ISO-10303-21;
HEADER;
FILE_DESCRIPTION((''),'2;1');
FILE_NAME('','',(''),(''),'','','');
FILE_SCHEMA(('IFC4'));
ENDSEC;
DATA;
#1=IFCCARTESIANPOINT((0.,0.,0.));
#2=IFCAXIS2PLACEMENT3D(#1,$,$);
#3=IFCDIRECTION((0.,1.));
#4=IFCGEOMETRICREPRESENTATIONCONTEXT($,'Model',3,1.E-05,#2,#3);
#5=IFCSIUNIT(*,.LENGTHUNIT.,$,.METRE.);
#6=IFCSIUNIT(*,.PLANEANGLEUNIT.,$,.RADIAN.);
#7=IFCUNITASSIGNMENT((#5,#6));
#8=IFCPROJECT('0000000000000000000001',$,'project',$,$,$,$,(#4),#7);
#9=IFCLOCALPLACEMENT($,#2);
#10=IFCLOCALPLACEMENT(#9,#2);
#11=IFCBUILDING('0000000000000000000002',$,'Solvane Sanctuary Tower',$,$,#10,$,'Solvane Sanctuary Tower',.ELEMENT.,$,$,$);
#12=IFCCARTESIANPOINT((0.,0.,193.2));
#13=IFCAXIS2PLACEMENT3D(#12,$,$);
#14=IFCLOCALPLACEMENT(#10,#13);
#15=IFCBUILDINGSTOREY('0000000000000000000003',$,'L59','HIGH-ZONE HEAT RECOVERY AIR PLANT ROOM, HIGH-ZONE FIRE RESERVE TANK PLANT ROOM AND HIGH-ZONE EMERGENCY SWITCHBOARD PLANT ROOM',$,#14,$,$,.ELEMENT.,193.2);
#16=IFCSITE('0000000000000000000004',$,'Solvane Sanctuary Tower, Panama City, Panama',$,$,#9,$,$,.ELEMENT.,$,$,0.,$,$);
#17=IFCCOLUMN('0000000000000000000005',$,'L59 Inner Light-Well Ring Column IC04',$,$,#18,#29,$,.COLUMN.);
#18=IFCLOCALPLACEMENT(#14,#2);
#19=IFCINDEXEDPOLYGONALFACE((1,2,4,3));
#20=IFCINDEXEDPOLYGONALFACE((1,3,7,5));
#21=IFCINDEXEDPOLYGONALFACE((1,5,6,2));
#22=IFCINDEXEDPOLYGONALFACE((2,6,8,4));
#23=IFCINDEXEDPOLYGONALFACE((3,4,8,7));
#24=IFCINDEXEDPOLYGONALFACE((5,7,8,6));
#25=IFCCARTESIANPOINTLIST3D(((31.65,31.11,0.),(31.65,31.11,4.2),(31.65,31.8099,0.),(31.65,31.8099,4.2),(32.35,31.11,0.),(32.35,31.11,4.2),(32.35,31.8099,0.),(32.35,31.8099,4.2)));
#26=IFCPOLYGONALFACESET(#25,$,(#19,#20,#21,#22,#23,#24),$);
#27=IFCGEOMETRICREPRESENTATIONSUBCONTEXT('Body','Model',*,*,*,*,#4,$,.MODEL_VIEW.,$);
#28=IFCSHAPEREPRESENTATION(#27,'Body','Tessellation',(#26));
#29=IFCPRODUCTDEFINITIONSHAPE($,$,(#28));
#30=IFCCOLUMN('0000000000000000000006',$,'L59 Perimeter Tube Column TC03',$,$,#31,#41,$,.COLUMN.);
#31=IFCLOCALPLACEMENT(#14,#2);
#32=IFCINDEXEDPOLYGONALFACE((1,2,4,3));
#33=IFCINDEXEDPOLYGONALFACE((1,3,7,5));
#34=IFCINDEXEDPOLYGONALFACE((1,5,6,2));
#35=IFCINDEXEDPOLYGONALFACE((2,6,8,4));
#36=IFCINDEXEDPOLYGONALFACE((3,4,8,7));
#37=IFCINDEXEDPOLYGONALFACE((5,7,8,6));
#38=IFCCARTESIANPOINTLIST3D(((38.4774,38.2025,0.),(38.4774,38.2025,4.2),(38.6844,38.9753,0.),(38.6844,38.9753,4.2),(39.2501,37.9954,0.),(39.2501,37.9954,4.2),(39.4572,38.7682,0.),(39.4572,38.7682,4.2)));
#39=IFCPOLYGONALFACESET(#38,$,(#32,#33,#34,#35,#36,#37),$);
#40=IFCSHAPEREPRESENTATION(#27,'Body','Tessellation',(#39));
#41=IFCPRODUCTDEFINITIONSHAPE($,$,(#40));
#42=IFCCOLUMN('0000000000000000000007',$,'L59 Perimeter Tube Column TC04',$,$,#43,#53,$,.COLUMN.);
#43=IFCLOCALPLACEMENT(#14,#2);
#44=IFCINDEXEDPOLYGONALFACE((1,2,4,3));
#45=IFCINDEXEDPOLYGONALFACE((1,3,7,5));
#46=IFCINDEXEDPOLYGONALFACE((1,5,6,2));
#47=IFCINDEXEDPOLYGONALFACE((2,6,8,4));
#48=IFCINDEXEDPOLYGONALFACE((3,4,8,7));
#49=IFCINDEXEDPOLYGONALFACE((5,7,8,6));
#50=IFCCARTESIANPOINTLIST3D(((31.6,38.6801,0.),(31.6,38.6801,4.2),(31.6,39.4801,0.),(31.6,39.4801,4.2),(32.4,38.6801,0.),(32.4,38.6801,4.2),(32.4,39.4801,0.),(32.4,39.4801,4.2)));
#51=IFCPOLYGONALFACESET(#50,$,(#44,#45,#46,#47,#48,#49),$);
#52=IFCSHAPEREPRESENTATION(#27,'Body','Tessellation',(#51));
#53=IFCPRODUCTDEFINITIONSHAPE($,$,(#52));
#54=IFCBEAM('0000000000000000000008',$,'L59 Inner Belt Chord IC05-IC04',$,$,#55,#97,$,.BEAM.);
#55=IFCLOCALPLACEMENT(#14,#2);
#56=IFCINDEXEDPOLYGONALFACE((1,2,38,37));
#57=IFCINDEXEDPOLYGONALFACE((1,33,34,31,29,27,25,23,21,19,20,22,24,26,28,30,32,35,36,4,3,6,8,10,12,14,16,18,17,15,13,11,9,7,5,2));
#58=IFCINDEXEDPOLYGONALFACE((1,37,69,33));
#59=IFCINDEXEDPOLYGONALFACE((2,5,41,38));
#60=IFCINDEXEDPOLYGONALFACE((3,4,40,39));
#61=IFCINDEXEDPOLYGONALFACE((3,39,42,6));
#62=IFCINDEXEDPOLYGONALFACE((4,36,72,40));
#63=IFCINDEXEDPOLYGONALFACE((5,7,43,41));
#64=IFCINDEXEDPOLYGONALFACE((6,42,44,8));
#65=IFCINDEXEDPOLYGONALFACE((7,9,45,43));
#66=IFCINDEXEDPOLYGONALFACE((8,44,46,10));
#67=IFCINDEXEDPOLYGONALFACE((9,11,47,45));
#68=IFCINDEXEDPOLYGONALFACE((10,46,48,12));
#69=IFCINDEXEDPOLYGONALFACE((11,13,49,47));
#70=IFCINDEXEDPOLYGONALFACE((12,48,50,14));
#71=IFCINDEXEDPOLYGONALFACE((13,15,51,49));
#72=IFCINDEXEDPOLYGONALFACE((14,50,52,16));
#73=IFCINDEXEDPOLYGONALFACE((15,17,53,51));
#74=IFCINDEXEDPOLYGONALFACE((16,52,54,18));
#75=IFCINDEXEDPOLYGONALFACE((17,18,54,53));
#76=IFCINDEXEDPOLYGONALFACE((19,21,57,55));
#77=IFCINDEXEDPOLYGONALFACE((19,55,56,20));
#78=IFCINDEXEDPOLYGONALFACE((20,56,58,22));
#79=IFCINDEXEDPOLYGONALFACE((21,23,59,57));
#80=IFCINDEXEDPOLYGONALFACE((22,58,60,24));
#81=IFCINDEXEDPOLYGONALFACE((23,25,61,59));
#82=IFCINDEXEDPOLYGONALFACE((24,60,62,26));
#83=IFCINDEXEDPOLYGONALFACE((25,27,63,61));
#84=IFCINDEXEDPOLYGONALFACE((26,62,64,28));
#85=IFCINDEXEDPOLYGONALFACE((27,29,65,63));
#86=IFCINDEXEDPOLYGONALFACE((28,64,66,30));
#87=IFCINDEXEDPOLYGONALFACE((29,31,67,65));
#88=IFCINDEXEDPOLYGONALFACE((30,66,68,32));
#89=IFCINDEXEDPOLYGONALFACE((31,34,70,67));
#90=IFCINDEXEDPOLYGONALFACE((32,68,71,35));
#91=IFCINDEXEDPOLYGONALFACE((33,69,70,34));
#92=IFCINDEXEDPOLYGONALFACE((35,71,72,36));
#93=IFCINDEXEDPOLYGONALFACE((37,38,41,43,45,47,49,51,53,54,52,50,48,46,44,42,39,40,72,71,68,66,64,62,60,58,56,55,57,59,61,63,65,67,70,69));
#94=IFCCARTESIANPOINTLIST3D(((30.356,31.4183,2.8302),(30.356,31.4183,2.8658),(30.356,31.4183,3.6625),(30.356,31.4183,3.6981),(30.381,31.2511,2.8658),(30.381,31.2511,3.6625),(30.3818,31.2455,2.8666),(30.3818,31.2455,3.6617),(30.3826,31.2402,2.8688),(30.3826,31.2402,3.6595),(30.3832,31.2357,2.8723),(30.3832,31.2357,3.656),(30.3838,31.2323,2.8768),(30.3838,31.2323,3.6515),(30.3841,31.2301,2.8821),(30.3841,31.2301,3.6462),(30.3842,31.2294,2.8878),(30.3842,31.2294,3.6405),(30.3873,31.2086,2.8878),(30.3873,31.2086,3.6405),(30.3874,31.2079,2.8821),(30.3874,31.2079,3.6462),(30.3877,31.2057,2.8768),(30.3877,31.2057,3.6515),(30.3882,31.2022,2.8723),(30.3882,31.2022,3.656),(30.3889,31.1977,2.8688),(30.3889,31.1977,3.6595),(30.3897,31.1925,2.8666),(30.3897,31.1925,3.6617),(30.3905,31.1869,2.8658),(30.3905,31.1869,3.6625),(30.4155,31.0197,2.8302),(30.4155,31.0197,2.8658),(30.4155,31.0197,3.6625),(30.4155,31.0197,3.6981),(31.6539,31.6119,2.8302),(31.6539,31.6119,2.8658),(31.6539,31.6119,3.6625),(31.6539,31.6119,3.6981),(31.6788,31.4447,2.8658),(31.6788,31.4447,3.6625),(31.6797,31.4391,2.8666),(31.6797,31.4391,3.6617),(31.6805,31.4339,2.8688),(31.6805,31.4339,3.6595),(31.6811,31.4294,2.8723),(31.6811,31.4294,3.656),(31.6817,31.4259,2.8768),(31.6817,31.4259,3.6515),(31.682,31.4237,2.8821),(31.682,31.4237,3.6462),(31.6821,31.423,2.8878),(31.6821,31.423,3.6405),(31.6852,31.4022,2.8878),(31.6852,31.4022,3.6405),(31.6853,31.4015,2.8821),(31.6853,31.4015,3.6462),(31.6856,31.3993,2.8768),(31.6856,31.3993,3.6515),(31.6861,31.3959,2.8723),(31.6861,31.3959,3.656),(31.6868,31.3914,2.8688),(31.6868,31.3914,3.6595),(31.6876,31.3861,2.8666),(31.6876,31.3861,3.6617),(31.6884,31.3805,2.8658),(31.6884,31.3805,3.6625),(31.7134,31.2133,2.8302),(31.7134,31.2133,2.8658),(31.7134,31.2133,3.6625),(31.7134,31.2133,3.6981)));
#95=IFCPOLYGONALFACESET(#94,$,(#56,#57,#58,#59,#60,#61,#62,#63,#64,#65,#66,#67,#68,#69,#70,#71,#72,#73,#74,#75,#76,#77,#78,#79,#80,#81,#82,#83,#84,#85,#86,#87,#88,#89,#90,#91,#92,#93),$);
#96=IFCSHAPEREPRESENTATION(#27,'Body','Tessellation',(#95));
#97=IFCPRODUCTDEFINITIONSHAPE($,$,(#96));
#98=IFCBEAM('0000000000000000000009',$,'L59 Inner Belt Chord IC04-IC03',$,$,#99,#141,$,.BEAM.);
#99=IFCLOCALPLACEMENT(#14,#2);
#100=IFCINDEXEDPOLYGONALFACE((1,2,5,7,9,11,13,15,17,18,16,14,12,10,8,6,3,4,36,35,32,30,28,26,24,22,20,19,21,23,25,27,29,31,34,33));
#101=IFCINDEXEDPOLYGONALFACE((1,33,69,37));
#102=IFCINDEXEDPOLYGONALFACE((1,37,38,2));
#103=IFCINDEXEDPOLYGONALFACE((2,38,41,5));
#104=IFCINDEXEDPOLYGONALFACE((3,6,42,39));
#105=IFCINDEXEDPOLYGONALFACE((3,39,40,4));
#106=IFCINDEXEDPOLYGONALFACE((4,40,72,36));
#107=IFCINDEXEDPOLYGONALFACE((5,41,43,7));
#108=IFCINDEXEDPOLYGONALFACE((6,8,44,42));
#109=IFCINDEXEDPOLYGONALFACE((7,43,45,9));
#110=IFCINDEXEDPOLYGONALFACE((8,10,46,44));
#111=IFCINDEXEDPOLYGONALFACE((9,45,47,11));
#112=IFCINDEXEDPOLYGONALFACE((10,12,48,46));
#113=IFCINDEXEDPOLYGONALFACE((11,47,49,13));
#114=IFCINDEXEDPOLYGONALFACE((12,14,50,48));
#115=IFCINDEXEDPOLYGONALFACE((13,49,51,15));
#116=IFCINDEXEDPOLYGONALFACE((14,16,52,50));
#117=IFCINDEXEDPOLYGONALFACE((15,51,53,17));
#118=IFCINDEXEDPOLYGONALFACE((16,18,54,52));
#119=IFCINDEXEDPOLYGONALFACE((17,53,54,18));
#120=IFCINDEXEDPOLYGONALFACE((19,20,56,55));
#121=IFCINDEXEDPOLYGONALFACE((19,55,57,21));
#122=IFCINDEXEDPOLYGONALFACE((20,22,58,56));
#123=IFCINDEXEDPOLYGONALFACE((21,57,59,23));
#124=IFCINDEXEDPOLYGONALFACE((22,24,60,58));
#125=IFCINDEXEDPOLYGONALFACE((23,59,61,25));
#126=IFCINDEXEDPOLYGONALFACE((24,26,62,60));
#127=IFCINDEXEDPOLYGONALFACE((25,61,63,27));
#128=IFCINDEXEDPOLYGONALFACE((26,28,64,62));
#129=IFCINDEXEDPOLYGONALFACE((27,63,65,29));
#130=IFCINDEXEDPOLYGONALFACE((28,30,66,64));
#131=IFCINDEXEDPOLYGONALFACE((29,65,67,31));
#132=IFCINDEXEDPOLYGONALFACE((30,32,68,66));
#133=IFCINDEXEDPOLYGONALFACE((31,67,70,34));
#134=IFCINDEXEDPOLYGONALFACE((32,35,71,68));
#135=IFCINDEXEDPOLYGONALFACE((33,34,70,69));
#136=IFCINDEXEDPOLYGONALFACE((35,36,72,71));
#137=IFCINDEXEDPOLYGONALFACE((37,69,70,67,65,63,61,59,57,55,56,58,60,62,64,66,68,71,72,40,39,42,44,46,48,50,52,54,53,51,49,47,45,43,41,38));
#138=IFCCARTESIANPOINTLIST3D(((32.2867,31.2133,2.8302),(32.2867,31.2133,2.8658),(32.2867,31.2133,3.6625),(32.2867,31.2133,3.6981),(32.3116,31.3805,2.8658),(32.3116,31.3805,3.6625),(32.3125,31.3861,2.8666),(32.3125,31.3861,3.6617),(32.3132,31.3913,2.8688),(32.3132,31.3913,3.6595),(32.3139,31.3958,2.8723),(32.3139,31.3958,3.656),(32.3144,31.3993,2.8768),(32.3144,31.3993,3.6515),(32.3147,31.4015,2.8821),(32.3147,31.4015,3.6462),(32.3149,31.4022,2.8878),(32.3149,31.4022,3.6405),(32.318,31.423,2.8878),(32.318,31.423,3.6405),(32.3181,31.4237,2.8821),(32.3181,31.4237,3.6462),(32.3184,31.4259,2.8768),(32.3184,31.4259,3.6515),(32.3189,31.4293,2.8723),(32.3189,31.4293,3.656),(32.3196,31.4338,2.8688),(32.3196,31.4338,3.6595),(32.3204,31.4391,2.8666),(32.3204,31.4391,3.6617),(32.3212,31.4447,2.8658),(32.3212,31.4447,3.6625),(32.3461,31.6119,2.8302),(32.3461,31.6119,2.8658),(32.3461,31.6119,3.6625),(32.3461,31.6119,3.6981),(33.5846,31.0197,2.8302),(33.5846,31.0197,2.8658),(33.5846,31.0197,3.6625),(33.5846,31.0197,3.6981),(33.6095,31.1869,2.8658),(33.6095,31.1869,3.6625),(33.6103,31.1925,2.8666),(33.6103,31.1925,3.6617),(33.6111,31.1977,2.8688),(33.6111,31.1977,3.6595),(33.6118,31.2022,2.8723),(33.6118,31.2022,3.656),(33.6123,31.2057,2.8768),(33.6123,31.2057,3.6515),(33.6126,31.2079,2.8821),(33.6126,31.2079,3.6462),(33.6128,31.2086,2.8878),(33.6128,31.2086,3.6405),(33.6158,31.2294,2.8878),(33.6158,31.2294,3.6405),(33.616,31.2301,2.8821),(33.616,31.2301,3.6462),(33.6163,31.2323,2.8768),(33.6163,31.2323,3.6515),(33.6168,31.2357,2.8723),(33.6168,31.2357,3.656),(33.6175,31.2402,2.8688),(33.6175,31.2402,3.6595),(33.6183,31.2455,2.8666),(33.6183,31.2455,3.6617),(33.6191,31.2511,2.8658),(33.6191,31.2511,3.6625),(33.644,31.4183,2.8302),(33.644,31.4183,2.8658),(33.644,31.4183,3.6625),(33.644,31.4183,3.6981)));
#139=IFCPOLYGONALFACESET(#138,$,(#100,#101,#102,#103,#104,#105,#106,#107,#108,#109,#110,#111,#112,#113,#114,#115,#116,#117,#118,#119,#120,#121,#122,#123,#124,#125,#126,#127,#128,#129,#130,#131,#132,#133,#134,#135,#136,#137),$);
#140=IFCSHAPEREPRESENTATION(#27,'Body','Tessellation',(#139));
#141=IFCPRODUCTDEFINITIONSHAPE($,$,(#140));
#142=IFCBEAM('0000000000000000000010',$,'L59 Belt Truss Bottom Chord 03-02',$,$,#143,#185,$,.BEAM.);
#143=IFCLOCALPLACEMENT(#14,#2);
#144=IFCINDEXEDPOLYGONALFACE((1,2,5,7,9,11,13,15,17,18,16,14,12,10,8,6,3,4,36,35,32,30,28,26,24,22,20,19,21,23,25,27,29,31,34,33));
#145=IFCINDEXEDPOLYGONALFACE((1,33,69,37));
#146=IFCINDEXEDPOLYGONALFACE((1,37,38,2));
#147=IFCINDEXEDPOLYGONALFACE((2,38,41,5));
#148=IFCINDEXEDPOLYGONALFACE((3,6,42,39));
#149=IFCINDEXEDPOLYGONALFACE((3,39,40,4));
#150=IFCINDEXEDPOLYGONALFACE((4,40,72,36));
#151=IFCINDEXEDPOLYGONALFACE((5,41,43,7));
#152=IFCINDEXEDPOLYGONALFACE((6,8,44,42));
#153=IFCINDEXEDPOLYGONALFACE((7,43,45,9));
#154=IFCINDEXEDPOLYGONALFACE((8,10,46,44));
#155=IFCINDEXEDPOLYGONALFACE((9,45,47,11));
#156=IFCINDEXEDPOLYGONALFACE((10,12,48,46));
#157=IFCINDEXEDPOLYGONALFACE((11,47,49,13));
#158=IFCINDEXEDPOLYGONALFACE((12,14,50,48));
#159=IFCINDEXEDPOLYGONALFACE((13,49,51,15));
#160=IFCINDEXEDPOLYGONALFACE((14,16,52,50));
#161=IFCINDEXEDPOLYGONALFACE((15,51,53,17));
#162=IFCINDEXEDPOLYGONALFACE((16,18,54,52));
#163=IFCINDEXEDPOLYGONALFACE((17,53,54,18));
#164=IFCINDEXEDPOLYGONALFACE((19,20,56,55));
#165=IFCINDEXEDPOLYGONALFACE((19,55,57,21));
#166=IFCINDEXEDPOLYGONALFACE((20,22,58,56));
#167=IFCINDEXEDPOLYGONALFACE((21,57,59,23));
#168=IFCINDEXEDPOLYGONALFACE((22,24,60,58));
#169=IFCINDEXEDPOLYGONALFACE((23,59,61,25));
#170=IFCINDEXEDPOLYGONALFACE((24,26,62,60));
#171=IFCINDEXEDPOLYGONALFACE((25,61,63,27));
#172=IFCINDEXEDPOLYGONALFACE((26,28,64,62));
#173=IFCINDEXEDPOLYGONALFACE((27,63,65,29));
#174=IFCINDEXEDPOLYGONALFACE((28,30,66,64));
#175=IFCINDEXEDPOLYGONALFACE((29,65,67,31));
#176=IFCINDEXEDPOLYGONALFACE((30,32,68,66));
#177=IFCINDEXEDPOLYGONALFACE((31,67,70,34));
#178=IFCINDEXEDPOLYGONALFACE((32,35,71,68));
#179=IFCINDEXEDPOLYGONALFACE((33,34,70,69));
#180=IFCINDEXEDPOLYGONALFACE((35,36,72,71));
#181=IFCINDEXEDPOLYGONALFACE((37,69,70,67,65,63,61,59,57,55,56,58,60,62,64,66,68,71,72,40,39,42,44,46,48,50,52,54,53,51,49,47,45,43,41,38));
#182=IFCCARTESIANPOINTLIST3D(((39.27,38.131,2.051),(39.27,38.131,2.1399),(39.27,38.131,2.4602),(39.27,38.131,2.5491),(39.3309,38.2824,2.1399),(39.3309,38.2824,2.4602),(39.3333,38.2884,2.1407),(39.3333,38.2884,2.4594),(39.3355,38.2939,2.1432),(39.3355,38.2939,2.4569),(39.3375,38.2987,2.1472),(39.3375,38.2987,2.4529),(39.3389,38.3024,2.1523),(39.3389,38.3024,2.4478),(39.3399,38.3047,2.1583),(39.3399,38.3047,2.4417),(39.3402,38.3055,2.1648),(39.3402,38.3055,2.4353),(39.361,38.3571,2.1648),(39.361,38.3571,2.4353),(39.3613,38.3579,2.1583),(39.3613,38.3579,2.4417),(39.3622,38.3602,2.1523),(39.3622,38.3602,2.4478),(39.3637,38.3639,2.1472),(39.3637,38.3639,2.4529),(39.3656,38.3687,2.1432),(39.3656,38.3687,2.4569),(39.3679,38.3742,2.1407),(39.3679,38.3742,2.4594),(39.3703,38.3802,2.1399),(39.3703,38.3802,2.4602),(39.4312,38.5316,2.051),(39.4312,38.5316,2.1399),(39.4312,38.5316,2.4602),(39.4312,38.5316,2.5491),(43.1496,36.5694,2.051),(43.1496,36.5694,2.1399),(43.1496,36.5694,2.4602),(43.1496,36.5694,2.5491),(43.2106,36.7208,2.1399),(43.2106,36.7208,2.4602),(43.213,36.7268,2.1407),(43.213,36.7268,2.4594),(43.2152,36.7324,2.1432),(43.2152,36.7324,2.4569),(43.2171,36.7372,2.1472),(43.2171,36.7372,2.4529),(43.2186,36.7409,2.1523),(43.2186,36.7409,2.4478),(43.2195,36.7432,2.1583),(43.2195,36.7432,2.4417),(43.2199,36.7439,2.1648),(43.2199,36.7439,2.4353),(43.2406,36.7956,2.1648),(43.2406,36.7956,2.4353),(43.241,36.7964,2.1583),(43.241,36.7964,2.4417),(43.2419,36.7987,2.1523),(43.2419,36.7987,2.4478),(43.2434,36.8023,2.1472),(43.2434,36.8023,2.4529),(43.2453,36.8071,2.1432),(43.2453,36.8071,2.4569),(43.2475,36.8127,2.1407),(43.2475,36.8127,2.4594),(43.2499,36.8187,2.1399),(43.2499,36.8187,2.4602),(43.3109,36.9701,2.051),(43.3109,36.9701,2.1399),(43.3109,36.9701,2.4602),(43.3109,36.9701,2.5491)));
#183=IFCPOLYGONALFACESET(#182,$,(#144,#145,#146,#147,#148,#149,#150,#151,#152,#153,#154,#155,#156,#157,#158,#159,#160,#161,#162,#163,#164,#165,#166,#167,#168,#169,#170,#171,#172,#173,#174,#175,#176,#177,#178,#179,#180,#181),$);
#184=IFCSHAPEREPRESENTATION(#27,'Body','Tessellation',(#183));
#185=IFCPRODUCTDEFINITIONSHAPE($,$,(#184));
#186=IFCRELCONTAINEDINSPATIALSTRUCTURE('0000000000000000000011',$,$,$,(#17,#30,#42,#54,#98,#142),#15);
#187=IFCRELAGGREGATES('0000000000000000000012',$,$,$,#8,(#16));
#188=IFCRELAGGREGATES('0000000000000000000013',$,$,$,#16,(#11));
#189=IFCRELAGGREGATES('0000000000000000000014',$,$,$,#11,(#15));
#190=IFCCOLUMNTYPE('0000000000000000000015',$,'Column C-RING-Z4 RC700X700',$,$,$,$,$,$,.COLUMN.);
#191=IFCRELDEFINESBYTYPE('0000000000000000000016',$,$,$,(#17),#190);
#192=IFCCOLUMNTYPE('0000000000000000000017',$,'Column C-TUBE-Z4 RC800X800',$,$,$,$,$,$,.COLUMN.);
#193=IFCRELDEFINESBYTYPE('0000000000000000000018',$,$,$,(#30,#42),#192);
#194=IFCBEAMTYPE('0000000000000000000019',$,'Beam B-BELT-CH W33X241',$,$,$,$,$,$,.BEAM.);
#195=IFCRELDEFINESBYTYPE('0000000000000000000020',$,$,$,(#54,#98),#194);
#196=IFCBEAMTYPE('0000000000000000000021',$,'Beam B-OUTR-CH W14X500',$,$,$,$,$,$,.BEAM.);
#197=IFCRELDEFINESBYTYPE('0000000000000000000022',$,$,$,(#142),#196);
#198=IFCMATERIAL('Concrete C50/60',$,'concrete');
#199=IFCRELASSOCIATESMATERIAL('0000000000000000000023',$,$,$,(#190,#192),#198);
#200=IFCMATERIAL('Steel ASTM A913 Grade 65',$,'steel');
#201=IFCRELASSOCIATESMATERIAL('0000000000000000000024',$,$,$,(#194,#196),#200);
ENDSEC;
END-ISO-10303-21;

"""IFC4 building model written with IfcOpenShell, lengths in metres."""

from ifc_helpers import new_model, si_unit, direction, frame, origin, origin_2d, place, context, subcontext, project, spatial, rectangle, i_section, extrude, material, material_profile, profile_set, type_object, element, save


model = new_model("IFC4")

# Units and contexts
model_context = context("Model", 3, precision=1e-05, world=origin(), true_north=direction((0.0, 1.0)))
body_context = subcontext(model_context, "Body", "Model", "MODEL_VIEW")
ifc_project = project(units=[si_unit("LENGTHUNIT", "METRE"), si_unit("PLANEANGLEUNIT", "RADIAN")], contexts=[model_context])

# Site, building, storey
site_placement = place(None, origin())
site = spatial("IfcSite", under=ifc_project, at=site_placement, Name="Solvane Sanctuary Tower, Panama City, Panama", CompositionType="ELEMENT", RefElevation=0.0)
building_placement = place(site_placement, origin())
building = spatial("IfcBuilding", under=site, at=building_placement, Name="Solvane Sanctuary Tower", LongName="Solvane Sanctuary Tower", CompositionType="ELEMENT")
storey_placement = place(building_placement, frame((0.0, 0.0, 193.2)))
storey = spatial("IfcBuildingStorey", under=building, at=storey_placement, Name="L59", Description="HIGH-ZONE HEAT RECOVERY AIR PLANT ROOM, HIGH-ZONE FIRE RESERVE TANK PLANT ROOM AND HIGH-ZONE EMERGENCY SWITCHBOARD PLANT ROOM", CompositionType="ELEMENT", Elevation=193.2)

# Columns
ifc_material_1 = material(Name="Concrete C50/60", Category="concrete")
ifc_material_profile_1 = material_profile(ifc_material_1, rectangle(XDim=0.7, YDim=0.7, at=origin_2d()), Name="RC700X700")
ifc_profile_set_1 = profile_set([ifc_material_profile_1], Name="Concrete C50/60")
column_type_1 = type_object("IfcColumnType", Name="Column C-RING-Z4 RC700X700", PredefinedType="COLUMN", material=ifc_profile_set_1)
column_placement = place(storey_placement, frame((32.0, 31.46, 0.0), z_axis=(0.0, 0.0, 1.0), x_axis=(1.0, 0.0, 0.0)))
element("IfcColumn", 1, at=column_placement, inside=storey, type_object=column_type_1, Name="L59 Inner Light-Well Ring Column IC04", PredefinedType="COLUMN", context=body_context, shape_type="SweptSolid", body=[
    extrude(rectangle(XDim=0.7, YDim=0.7, at=origin_2d()), origin(), (0.0, 0.0, 1.0), 4.2),
])
ifc_material_profile_2 = material_profile(ifc_material_1, rectangle(XDim=0.8, YDim=0.8, at=origin_2d()), Name="RC800X800")
ifc_profile_set_2 = profile_set([ifc_material_profile_2], Name="Concrete C50/60")
column_type_2 = type_object("IfcColumnType", Name="Column C-TUBE-Z4 RC800X800", PredefinedType="COLUMN", material=ifc_profile_set_2)
for number, where, z_axis, x_axis, name in (
    (2, (38.9673, 38.4854, 0.0), (0.0, 0.0, 1.0), (0.258819, 0.965926, 0.0), "L59 Perimeter Tube Column TC03"),
    (3, (32.0, 39.0801, 0.0), (0.0, 0.0, 1.0), (0.0, 1.0, 0.0), "L59 Perimeter Tube Column TC04"),
):
    element("IfcColumn", number, at=place(storey_placement, frame(where, z_axis=z_axis, x_axis=x_axis)), inside=storey, type_object=column_type_2, Name=name, PredefinedType="COLUMN", context=body_context, shape_type="SweptSolid", body=[
        extrude(rectangle(XDim=0.8, YDim=0.8, at=origin_2d()), origin(), (0.0, 0.0, 1.0), 4.2),
    ])

# Beams
ifc_material_2 = material(Name="Steel ASTM A913 Grade 65", Category="steel")
ifc_material_profile_3 = material_profile(ifc_material_2, i_section(OverallWidth=0.4031, OverallDepth=0.8679, WebThickness=0.021, FlangeThickness=0.0356, FilletRadius=0.022, at=origin_2d()), Name="W33X241")
ifc_profile_set_3 = profile_set([ifc_material_profile_3], Name="Steel ASTM A913 Grade 65")
beam_type_1 = type_object("IfcBeamType", Name="Beam B-BELT-CH W33X241", PredefinedType="BEAM", material=ifc_profile_set_3)
for number, where, z_axis, x_axis, name in (
    (4, (30.3857, 31.219, 3.2642), (0.989056, 0.14754, 0.0), (-0.14754, 0.989056, 0.0), "L59 Inner Belt Chord IC05-IC04"),
    (5, (32.3164, 31.4126, 3.2642), (0.989056, -0.14754, 0.0), (0.14754, 0.989056, 0.0), "L59 Inner Belt Chord IC04-IC03"),
):
    element("IfcBeam", number, at=place(storey_placement, frame(where, z_axis=z_axis, x_axis=x_axis)), inside=storey, type_object=beam_type_1, Name=name, PredefinedType="BEAM", context=body_context, shape_type="SweptSolid", body=[
        extrude(i_section(OverallWidth=0.4031, OverallDepth=0.8679, WebThickness=0.021, FlangeThickness=0.0356, FilletRadius=0.022, at=origin_2d()), origin(), (0.0, 0.0, 1.0), 1.3123),
    ])
ifc_material_profile_4 = material_profile(ifc_material_2, i_section(OverallWidth=0.4319, OverallDepth=0.498, WebThickness=0.0557, FlangeThickness=0.0889, FilletRadius=0.0249, at=origin_2d()), Name="W14X500")
ifc_profile_set_4 = profile_set([ifc_material_profile_4], Name="Steel ASTM A913 Grade 65")
beam_type_2 = type_object("IfcBeamType", Name="Beam B-OUTR-CH W14X500", PredefinedType="BEAM", material=ifc_profile_set_4)
beam_1_placement = place(storey_placement, frame((39.3506, 38.3313, 2.3), z_axis=(0.927677, -0.373383, 0.0), x_axis=(0.373383, 0.927677, 0.0)))
element("IfcBeam", 6, at=beam_1_placement, inside=storey, type_object=beam_type_2, Name="L59 Belt Truss Bottom Chord 03-02", PredefinedType="BEAM", context=body_context, shape_type="SweptSolid", body=[
    extrude(i_section(OverallWidth=0.4319, OverallDepth=0.498, WebThickness=0.0557, FlangeThickness=0.0889, FilletRadius=0.0249, at=origin_2d()), origin(), (0.0, 0.0, 1.0), 4.1821),
])

save(model, "model.ifc")
